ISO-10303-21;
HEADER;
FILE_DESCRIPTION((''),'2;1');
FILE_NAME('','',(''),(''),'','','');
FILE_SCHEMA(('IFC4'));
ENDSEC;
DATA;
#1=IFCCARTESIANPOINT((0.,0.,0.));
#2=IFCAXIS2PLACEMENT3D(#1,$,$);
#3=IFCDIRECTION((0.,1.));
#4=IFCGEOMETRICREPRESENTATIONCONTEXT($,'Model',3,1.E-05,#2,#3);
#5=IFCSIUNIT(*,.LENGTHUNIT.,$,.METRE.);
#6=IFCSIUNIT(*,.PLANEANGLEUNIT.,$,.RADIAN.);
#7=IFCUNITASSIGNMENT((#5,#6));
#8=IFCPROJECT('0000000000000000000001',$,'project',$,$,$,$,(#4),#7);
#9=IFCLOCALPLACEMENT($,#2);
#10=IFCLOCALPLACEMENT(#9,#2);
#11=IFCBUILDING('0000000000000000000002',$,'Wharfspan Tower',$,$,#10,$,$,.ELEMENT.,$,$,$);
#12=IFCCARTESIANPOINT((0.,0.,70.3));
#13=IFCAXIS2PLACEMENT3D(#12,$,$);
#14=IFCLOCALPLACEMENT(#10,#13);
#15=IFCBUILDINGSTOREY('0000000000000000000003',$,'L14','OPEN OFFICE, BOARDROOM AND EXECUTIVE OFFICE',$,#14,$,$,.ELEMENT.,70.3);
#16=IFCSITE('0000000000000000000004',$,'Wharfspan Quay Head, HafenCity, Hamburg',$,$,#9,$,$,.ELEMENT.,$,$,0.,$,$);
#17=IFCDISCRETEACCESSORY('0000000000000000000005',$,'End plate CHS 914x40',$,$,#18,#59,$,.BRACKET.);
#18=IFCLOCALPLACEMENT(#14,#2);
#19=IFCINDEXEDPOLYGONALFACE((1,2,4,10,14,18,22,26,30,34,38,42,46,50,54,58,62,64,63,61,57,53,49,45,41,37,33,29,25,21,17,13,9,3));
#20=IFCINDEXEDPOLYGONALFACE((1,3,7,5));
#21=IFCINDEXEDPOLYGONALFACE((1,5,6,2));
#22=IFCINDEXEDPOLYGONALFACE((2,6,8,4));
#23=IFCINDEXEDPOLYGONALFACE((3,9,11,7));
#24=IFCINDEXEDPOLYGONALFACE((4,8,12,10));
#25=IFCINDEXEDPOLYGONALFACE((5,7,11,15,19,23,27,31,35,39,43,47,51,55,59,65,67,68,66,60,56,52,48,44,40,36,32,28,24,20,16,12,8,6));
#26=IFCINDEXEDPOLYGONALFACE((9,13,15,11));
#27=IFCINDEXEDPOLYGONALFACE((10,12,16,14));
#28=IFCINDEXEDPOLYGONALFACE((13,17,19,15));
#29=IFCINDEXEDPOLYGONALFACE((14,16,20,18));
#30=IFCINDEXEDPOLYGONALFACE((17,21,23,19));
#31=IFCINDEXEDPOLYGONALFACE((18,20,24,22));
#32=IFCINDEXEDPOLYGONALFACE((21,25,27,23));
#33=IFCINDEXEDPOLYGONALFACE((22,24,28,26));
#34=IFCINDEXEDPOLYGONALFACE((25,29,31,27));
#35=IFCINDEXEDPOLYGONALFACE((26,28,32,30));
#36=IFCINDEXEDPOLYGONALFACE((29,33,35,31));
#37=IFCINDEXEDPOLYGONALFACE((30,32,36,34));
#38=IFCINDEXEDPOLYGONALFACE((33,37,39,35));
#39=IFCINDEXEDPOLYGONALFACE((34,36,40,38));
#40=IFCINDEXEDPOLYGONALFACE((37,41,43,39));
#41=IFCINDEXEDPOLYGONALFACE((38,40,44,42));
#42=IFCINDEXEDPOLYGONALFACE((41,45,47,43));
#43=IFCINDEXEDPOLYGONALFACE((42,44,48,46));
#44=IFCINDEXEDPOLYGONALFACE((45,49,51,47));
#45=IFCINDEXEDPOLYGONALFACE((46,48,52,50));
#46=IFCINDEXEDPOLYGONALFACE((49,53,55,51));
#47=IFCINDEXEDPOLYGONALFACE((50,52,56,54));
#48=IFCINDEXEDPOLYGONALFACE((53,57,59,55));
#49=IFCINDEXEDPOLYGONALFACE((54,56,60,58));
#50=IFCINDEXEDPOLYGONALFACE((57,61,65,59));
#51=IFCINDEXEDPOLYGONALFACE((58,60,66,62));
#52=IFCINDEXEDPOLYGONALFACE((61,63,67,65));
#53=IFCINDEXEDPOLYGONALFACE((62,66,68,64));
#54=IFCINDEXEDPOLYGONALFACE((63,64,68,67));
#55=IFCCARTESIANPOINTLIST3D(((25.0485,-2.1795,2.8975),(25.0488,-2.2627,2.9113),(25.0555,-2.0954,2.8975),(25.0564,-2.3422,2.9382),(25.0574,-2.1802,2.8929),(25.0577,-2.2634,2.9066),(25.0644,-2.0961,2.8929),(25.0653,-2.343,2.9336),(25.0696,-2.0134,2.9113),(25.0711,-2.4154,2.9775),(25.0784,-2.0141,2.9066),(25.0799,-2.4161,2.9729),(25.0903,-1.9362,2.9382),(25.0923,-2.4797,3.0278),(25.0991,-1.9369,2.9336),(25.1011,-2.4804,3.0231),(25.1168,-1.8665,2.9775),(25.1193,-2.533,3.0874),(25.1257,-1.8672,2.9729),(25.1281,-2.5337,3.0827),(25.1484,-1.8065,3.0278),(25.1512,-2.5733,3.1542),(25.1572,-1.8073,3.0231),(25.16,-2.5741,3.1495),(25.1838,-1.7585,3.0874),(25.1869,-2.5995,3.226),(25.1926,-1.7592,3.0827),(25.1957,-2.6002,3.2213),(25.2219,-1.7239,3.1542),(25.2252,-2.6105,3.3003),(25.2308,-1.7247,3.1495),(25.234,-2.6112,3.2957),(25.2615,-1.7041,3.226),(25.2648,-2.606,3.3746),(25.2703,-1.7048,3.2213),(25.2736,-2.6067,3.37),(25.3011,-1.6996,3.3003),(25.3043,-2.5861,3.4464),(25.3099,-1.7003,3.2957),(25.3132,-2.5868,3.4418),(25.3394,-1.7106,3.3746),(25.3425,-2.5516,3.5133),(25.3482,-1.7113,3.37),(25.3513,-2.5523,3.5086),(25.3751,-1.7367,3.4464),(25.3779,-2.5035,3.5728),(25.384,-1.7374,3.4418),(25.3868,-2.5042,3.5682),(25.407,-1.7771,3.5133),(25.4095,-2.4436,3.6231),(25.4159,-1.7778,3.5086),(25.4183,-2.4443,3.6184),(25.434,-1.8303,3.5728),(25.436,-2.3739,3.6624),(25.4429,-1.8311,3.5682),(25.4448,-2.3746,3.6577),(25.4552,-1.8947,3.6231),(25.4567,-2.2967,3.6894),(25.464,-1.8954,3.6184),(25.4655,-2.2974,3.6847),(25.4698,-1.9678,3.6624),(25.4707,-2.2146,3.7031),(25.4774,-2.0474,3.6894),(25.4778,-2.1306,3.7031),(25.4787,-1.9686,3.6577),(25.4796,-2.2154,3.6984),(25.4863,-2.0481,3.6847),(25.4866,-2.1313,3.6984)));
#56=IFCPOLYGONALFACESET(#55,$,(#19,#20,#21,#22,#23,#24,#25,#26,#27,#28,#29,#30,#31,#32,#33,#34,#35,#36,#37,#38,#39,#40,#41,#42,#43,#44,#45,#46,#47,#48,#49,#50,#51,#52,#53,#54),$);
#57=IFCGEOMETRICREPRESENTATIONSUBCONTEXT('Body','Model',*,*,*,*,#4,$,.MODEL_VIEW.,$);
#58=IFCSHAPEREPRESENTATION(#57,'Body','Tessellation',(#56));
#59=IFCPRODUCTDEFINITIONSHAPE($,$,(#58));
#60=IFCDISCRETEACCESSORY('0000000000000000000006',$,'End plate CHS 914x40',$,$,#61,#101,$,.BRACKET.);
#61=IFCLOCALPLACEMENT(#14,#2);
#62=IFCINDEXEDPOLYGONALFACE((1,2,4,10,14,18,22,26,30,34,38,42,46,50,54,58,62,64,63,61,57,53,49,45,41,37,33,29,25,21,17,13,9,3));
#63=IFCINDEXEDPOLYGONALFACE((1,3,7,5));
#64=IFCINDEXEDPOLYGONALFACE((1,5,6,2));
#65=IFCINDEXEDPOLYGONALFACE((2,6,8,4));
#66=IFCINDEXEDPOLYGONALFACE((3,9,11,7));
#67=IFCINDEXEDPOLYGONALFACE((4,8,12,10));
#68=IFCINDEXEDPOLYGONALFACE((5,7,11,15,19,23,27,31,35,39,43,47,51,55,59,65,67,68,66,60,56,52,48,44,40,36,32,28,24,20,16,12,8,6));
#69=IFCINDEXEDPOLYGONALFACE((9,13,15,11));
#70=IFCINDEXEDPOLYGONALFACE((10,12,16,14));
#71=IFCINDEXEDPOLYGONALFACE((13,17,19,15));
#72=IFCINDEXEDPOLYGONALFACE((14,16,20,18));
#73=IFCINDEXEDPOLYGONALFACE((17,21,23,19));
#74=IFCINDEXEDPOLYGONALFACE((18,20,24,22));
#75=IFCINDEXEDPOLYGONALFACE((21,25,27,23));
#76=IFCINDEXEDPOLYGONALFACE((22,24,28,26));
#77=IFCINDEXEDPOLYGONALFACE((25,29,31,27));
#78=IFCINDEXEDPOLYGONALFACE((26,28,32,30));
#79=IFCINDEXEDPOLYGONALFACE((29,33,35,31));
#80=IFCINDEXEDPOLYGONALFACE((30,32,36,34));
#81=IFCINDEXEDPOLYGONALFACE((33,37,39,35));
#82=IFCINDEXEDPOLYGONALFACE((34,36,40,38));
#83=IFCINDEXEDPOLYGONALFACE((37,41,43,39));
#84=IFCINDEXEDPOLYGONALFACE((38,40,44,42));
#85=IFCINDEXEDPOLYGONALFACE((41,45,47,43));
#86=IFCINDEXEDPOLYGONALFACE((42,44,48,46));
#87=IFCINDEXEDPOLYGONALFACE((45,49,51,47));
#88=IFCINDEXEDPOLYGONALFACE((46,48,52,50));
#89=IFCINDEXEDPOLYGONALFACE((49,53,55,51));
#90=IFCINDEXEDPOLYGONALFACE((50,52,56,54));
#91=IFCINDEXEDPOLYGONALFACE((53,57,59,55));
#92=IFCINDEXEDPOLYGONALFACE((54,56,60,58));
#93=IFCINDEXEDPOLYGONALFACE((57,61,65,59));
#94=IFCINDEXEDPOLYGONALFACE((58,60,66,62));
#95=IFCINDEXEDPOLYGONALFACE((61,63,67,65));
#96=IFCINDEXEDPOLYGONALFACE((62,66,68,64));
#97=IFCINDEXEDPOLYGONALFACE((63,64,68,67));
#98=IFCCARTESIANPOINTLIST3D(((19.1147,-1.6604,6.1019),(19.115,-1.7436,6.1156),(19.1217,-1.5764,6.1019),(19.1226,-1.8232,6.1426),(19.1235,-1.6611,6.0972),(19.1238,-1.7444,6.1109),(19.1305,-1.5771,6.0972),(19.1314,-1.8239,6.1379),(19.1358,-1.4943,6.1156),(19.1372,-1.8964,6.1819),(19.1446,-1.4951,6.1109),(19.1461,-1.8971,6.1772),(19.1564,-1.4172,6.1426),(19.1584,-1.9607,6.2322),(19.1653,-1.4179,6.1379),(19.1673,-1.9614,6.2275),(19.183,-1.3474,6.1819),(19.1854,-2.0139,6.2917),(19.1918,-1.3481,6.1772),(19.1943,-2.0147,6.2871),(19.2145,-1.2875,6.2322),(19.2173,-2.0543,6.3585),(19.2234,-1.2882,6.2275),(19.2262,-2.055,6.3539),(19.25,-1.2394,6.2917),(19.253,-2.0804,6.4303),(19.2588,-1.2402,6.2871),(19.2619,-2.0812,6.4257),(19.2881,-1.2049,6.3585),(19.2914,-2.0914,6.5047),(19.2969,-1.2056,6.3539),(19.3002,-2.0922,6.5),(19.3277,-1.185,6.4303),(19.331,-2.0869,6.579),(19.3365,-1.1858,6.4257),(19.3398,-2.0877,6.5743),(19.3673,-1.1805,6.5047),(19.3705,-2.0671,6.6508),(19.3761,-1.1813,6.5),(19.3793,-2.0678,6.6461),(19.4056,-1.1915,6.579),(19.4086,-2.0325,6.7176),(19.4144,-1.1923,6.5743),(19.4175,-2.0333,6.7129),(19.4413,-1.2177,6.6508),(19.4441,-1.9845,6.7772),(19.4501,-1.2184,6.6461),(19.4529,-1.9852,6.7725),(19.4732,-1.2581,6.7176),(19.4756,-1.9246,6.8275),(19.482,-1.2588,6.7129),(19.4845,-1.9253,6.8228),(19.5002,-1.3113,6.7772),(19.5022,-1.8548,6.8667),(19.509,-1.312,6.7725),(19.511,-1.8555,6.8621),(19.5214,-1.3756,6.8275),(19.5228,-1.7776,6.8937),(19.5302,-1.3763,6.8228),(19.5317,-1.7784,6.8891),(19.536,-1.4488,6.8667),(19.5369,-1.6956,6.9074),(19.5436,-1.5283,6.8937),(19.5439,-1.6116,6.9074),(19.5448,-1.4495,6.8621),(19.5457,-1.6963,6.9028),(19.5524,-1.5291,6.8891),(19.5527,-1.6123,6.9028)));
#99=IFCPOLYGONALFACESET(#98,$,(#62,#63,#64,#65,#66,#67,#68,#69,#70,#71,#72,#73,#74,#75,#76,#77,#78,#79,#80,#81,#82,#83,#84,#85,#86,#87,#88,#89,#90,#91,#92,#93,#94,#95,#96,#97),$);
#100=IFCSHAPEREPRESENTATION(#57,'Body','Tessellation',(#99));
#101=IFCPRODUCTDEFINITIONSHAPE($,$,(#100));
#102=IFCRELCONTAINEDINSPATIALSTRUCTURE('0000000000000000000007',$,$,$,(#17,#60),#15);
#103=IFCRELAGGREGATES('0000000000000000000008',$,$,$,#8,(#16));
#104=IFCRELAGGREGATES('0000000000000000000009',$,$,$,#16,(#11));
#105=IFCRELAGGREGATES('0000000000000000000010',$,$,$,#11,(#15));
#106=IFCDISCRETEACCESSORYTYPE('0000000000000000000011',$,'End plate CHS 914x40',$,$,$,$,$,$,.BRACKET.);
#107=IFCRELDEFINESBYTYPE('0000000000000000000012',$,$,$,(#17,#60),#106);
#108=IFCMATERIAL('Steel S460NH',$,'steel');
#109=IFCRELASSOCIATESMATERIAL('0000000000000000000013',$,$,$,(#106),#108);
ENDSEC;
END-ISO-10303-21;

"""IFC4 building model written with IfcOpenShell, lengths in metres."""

from ifc_helpers import new_model, si_unit, direction, frame, origin, origin_2d, place, context, subcontext, project, spatial, circle, extrude, material, material_profile, profile_set, type_object, element, save


model = new_model("IFC4")

# Units and contexts
model_context = context("Model", 3, precision=1e-05, world=origin(), true_north=direction((0.0, 1.0)))
body_context = subcontext(model_context, "Body", "Model", "MODEL_VIEW")
ifc_project = project(units=[si_unit("LENGTHUNIT", "METRE"), si_unit("PLANEANGLEUNIT", "RADIAN")], contexts=[model_context])

# Site, building, storey
site_placement = place(None, origin())
site = spatial("IfcSite", under=ifc_project, at=site_placement, Name="Wharfspan Quay Head, HafenCity, Hamburg", CompositionType="ELEMENT", RefElevation=0.0)
building_placement = place(site_placement, origin())
building = spatial("IfcBuilding", under=site, at=building_placement, Name="Wharfspan Tower", CompositionType="ELEMENT")
storey_placement = place(building_placement, frame((0.0, 0.0, 70.3)))
storey = spatial("IfcBuildingStorey", under=building, at=storey_placement, Name="L14", Description="OPEN OFFICE, BOARDROOM AND EXECUTIVE OFFICE", CompositionType="ELEMENT", Elevation=70.3)

# Shared definitions
ifc_material_1 = material(Name="Steel S460NH", Category="steel")

# Discrete accessories
ifc_material_profile_1 = material_profile(ifc_material_1, circle(Radius=0.457, at=origin_2d()))
ifc_profile_set_1 = profile_set([ifc_material_profile_1], Name="Steel S460NH")
discrete_accessory_type = type_object("IfcDiscreteAccessoryType", Name="End plate CHS 914x40", PredefinedType="BRACKET", material=ifc_profile_set_1)
for number, where, z_axis, x_axis, name in (
    (1, (25.272, -2.1558, 3.2957), (-0.881993, 0.073499, 0.465496), (-0.083046, -0.996545, -0.000002), "End plate CHS 914x40"),
    (2, (19.3381, -1.6367, 6.5), (-0.881993, 0.073499, 0.465496), (-0.083046, -0.996545, -0.000002), "End plate CHS 914x40"),
):
    element("IfcDiscreteAccessory", number, at=place(storey_placement, frame(where, z_axis=z_axis, x_axis=x_axis)), inside=storey, type_object=discrete_accessory_type, Name=name, PredefinedType="BRACKET", context=body_context, shape_type="SweptSolid", body=[
        extrude(circle(Radius=0.457, at=origin_2d()), origin(), (0.0, 0.0, 1.0), 0.01),
    ])

save(model, "model.ifc")
